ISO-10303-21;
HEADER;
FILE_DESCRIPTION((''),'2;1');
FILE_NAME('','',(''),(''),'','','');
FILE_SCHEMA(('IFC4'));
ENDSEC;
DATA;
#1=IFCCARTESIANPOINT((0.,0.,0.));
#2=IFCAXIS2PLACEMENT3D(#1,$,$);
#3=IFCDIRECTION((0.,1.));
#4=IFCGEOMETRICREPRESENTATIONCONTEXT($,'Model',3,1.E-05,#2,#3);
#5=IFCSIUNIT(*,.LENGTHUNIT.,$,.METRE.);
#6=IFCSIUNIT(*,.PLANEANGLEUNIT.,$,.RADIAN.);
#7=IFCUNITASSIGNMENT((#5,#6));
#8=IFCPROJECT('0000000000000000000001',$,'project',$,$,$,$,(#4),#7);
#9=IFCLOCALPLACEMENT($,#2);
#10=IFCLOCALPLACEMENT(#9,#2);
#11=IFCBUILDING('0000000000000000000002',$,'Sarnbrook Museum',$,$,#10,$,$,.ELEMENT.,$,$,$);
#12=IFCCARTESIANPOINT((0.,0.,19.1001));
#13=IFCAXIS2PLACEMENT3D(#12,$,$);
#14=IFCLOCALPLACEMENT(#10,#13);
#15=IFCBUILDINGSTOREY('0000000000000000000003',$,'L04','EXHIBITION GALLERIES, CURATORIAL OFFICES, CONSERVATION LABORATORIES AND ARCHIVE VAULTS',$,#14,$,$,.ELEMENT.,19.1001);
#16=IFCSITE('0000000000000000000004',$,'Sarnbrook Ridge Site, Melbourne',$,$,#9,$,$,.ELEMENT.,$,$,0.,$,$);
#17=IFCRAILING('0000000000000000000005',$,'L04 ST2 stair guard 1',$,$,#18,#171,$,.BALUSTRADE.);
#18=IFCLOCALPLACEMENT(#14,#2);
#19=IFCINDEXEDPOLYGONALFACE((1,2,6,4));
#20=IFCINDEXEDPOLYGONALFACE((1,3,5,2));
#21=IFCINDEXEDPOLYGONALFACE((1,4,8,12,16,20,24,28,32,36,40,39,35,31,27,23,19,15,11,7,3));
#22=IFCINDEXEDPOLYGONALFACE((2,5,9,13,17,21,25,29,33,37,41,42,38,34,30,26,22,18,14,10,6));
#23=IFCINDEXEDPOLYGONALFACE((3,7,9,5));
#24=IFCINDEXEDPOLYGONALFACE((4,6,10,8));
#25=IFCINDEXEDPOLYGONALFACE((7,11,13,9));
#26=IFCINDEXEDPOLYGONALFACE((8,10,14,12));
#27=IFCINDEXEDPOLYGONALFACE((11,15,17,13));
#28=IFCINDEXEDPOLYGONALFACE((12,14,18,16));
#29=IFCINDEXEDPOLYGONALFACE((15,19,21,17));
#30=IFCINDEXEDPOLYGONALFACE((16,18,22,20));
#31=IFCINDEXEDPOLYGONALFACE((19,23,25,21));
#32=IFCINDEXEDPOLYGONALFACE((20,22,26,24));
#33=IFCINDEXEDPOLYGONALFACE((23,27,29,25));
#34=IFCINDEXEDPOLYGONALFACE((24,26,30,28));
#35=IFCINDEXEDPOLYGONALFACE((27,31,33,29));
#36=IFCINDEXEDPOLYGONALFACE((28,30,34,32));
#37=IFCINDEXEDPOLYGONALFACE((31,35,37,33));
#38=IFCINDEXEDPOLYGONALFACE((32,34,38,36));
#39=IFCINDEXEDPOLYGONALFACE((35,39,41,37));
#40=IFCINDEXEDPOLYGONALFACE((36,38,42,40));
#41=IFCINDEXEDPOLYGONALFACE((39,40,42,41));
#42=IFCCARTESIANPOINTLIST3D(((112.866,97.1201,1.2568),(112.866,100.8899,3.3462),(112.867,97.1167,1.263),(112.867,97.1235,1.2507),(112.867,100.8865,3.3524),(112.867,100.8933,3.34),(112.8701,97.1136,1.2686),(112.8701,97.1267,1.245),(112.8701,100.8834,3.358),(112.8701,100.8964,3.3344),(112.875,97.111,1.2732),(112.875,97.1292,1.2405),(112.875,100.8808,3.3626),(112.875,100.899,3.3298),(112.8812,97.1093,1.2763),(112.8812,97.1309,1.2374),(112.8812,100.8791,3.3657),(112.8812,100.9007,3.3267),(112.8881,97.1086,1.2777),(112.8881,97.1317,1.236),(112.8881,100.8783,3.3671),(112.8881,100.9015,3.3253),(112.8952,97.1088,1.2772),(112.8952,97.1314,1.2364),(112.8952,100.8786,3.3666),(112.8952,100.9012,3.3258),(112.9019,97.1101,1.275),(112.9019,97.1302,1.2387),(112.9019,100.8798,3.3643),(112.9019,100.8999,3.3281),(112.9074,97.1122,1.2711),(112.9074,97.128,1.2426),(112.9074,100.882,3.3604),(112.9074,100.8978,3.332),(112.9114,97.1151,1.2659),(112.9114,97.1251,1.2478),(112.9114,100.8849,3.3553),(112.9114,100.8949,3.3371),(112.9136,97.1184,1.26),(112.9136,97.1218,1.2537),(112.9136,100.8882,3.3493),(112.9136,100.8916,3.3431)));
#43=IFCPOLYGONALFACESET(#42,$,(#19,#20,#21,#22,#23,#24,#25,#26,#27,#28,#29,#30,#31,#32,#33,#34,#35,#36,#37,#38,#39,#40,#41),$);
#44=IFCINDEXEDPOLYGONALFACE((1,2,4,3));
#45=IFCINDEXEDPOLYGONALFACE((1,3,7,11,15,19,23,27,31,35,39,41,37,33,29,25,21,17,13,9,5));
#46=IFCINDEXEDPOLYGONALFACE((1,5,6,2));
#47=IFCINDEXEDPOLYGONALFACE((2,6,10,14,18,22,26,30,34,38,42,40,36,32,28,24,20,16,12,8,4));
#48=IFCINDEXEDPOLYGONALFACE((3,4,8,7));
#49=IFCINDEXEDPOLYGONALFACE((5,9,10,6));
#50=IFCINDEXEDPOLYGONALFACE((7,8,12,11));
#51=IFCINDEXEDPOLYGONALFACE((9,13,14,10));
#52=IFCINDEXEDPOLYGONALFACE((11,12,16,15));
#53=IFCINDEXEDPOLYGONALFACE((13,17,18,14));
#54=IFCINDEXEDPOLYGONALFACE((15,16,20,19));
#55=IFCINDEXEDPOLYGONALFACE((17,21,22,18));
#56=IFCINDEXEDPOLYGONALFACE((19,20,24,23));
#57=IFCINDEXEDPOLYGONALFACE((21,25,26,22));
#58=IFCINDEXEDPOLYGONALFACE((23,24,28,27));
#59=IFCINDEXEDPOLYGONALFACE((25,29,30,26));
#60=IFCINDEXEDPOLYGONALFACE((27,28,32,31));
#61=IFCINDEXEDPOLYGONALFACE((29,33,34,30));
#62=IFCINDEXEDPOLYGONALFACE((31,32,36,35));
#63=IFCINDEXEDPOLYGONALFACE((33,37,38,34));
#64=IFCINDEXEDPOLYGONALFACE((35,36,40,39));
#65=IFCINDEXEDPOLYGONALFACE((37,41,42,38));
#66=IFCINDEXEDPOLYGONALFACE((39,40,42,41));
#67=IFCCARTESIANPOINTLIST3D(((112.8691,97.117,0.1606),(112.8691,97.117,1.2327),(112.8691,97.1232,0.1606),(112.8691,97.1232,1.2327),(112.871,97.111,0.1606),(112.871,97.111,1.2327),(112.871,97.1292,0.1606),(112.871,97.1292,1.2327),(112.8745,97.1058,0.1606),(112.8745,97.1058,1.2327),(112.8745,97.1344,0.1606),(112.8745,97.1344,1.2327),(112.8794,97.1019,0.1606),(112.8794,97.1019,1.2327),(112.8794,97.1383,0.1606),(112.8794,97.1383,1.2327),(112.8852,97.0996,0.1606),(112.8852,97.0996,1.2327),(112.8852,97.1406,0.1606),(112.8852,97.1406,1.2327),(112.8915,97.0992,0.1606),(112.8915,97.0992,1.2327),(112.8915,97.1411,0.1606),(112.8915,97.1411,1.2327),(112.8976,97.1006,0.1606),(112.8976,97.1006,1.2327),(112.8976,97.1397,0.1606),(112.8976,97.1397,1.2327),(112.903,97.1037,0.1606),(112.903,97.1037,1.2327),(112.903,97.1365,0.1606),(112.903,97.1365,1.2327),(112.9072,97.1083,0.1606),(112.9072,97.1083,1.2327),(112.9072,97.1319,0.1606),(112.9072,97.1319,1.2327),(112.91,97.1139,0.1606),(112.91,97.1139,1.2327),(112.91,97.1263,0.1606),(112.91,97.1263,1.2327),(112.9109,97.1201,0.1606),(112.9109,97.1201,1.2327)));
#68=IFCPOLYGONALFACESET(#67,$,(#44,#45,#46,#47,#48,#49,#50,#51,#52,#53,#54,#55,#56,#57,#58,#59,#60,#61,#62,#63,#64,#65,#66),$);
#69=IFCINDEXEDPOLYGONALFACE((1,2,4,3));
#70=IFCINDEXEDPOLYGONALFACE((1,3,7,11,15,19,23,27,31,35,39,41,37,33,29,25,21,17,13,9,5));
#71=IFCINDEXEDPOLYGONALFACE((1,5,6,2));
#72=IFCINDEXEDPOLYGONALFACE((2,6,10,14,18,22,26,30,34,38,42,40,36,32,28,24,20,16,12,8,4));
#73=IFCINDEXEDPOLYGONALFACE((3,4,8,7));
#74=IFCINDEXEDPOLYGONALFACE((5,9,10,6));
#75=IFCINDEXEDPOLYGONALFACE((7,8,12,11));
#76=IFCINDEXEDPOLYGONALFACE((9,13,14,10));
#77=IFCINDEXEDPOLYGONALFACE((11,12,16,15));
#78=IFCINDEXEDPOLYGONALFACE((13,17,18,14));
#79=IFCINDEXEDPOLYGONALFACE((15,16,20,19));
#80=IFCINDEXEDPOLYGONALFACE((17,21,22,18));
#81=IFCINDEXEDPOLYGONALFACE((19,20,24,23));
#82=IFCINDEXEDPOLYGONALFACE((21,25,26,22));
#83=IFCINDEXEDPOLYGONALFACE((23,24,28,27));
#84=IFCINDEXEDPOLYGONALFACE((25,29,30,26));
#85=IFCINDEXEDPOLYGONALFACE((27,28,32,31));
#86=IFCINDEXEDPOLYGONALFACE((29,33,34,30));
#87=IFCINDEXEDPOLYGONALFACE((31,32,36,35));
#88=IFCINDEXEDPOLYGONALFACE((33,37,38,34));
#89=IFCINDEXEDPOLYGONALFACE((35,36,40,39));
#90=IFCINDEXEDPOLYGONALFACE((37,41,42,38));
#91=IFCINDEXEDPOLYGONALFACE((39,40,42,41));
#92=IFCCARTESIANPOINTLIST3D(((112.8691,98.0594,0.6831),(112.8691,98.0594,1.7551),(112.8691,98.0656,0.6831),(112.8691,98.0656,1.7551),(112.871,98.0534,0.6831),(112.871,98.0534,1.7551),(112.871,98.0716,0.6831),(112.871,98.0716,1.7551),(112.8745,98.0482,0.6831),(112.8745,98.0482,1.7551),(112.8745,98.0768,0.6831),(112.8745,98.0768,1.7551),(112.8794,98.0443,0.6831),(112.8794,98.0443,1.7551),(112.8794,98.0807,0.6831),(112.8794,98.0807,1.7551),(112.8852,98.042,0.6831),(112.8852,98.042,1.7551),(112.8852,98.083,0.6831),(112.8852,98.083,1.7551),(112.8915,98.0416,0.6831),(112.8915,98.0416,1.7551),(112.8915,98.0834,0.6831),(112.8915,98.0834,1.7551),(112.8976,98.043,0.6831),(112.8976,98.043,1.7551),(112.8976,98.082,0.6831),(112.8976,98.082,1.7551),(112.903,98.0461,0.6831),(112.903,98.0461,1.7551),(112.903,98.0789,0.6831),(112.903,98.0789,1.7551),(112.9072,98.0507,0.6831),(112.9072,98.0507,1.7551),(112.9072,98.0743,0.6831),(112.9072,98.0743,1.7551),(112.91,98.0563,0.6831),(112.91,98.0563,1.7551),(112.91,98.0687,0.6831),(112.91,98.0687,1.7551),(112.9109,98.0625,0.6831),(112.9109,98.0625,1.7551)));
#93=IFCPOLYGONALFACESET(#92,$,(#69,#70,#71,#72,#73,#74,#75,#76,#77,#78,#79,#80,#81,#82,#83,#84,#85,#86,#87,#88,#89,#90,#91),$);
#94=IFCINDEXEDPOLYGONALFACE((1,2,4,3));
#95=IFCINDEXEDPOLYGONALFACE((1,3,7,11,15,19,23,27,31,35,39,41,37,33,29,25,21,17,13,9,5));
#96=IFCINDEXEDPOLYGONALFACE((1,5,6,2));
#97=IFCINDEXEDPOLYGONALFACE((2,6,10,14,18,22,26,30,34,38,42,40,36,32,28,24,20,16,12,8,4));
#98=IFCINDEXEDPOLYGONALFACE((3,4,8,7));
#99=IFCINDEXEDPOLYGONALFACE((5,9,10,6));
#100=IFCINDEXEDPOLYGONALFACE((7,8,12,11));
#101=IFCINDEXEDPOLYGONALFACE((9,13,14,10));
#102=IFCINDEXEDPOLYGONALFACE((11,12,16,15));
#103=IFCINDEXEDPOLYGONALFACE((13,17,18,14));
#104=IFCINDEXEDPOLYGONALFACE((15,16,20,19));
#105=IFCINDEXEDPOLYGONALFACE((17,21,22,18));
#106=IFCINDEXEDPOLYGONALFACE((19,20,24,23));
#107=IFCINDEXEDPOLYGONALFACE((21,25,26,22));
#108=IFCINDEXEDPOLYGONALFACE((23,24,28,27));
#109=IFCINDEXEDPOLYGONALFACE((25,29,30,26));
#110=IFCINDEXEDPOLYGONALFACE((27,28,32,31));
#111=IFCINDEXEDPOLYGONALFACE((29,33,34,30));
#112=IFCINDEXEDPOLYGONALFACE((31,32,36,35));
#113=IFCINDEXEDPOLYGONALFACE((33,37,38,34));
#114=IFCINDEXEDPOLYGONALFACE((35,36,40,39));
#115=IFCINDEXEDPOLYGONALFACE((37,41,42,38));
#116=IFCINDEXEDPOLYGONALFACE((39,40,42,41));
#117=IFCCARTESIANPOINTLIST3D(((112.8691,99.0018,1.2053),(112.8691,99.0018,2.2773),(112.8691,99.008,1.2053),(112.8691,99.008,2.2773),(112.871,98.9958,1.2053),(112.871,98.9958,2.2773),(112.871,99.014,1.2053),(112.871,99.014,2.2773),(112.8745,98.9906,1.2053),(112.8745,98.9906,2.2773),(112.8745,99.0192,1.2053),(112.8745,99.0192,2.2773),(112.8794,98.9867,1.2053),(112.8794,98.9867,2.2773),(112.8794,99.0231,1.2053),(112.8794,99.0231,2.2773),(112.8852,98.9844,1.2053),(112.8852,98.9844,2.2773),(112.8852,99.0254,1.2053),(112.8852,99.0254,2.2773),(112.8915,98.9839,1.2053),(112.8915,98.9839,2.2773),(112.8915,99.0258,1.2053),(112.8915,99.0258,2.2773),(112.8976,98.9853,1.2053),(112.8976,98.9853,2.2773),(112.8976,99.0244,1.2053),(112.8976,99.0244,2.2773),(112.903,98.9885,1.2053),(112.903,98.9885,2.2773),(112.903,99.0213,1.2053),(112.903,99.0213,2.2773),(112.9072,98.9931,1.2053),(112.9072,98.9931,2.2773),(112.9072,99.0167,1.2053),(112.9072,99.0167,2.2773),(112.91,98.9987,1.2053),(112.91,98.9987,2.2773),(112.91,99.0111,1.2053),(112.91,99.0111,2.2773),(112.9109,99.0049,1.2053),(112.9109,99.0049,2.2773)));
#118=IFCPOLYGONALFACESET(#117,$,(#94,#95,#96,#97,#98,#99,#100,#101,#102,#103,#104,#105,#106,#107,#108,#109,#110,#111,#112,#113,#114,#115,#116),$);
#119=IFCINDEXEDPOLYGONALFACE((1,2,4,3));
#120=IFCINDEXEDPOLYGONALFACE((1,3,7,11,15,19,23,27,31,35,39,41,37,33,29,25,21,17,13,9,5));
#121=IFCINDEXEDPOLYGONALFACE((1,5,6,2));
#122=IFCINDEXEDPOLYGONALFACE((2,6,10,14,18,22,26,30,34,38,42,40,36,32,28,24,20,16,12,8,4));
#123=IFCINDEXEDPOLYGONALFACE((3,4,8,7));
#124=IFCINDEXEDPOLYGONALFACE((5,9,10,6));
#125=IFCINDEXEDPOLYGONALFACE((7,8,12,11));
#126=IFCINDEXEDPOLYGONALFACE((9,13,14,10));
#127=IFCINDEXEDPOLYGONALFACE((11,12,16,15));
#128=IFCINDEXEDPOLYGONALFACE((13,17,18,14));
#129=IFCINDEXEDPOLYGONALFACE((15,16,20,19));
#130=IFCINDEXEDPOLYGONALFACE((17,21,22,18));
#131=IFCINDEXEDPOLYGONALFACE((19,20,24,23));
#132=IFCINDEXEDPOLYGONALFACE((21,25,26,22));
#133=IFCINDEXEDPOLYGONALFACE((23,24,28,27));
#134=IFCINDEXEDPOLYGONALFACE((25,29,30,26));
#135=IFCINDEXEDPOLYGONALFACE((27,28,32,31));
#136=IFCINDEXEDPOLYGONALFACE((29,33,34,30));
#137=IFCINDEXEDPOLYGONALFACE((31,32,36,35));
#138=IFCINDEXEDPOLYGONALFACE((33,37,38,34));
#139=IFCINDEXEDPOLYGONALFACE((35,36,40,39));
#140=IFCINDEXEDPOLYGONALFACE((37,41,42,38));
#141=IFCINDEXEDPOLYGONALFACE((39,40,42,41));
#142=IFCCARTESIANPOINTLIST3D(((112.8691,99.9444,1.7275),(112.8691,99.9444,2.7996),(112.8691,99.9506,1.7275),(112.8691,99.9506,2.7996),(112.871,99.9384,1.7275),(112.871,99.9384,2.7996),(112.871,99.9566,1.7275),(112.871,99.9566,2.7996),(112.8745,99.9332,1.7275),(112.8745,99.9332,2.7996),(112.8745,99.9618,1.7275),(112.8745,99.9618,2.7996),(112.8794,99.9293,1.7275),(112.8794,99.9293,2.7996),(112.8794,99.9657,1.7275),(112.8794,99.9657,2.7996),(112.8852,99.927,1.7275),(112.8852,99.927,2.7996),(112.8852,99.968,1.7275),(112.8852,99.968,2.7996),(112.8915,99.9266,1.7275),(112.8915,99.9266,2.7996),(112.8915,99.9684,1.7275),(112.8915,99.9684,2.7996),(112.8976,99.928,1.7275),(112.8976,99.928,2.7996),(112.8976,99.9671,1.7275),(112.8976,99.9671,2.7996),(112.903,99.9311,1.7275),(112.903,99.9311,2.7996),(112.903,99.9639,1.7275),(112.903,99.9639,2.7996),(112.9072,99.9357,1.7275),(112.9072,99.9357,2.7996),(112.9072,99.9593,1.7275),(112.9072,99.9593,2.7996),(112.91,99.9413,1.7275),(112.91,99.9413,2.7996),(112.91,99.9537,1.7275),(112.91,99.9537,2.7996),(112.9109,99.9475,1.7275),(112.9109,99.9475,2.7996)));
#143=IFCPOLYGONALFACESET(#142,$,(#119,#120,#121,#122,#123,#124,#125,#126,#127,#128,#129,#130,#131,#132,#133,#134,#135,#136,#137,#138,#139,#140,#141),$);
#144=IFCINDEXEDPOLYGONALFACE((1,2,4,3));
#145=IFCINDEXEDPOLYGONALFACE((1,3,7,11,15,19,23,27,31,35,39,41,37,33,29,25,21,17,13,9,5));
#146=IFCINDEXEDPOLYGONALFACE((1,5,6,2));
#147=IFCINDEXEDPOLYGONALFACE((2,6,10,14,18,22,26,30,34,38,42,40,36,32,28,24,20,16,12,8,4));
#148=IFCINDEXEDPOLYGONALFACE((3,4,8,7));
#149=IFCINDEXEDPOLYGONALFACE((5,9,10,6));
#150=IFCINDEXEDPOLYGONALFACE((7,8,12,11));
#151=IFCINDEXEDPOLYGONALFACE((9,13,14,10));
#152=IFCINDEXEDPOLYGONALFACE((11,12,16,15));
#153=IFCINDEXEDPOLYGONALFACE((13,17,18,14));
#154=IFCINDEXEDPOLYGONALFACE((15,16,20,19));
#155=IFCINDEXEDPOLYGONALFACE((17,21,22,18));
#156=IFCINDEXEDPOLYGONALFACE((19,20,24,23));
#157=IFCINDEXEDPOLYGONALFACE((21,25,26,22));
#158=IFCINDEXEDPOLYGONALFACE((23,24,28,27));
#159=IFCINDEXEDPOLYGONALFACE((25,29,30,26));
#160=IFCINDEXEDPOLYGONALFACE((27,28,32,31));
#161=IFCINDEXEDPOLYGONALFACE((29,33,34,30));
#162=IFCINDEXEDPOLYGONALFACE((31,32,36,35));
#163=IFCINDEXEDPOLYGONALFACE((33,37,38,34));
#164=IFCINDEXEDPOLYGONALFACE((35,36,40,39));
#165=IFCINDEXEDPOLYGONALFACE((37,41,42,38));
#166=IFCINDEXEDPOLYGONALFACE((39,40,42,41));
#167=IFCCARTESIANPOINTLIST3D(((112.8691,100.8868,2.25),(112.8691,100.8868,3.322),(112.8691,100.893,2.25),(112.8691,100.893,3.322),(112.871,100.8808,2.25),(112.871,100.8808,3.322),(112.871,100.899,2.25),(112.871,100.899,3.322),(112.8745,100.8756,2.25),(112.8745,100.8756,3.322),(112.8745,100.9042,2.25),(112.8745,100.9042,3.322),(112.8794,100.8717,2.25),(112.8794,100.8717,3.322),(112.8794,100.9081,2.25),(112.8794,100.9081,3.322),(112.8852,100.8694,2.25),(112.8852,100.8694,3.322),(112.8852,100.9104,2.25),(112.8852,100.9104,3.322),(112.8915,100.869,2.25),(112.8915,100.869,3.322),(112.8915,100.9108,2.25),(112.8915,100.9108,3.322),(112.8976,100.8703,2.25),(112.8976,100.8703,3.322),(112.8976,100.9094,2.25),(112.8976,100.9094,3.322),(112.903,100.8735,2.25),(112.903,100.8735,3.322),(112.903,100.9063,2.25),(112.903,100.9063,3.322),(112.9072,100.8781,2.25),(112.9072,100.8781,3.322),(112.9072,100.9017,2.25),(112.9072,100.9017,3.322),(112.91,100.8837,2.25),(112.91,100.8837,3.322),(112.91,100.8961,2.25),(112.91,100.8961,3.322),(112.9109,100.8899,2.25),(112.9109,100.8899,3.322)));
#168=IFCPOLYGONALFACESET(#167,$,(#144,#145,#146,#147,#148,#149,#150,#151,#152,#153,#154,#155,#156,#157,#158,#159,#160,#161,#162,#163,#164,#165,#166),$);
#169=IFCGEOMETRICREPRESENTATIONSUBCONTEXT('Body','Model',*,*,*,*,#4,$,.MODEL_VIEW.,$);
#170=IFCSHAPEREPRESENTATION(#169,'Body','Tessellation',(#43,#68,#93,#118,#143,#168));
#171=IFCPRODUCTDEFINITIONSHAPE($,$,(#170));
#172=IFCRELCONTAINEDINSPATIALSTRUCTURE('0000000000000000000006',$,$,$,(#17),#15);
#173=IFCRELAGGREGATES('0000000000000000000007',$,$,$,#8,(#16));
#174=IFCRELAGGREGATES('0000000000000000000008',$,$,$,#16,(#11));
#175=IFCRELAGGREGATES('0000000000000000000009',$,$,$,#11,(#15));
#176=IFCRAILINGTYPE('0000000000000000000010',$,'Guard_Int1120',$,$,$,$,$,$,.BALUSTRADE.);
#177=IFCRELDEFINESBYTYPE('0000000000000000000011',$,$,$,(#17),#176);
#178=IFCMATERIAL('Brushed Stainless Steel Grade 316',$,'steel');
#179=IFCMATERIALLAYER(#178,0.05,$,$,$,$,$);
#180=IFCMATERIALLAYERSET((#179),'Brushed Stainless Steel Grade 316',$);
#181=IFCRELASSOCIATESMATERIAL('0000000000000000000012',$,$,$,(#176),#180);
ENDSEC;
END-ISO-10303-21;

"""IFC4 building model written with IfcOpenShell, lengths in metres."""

from ifc_helpers import new_model, si_unit, direction, frame, origin, origin_2d, place, context, subcontext, project, spatial, circle, extrude, material, layer, layer_set, type_object, element, save


model = new_model("IFC4")

# Units and contexts
model_context = context("Model", 3, precision=1e-05, world=origin(), true_north=direction((0.0, 1.0)))
body_context = subcontext(model_context, "Body", "Model", "MODEL_VIEW")
ifc_project = project(units=[si_unit("LENGTHUNIT", "METRE"), si_unit("PLANEANGLEUNIT", "RADIAN")], contexts=[model_context])

# Site, building, storey
site_placement = place(None, origin())
site = spatial("IfcSite", under=ifc_project, at=site_placement, Name="Sarnbrook Ridge Site, Melbourne", CompositionType="ELEMENT", RefElevation=0.0)
building_placement = place(site_placement, origin())
building = spatial("IfcBuilding", under=site, at=building_placement, Name="Sarnbrook Museum", CompositionType="ELEMENT")
storey_placement = place(building_placement, frame((0.0, 0.0, 19.1001)))
storey = spatial("IfcBuildingStorey", under=building, at=storey_placement, Name="L04", Description="EXHIBITION GALLERIES, CURATORIAL OFFICES, CONSERVATION LABORATORIES AND ARCHIVE VAULTS", CompositionType="ELEMENT", Elevation=19.1001)

# Railing
ifc_material_1 = material(Name="Brushed Stainless Steel Grade 316", Category="steel")
ifc_layer_1 = layer(ifc_material_1, 0.05)
ifc_layer_set_1 = layer_set([ifc_layer_1], Name="Brushed Stainless Steel Grade 316")
railing_type_1 = type_object("IfcRailingType", Name="Guard_Int1120", PredefinedType="BALUSTRADE", material=ifc_layer_set_1)
railing_1_placement = place(storey_placement, frame((112.8899, 97.1201, 0.1606)))
element("IfcRailing", 1, at=railing_1_placement, inside=storey, type_object=railing_type_1, Name="L04 ST2 stair guard 1", PredefinedType="BALUSTRADE", context=body_context, shape_type="SweptSolid", body=[
    extrude(circle(Radius=0.0239, at=origin_2d()), frame((0.0, 0.0, 1.0962), z_axis=(0.0, 0.874646, 0.484763), x_axis=(-1.0, 0.0, 0.0)), (0.0, 0.0, 1.0), 4.3101),
    extrude(circle(Radius=0.021, at=origin_2d()), origin(), (0.0, 0.0, 1.0), 1.072),
    extrude(circle(Radius=0.021, at=origin_2d()), frame((0.0, 0.9424, 0.5225)), (0.0, 0.0, 1.0), 1.072),
    extrude(circle(Radius=0.021, at=origin_2d()), frame((0.0, 1.8848, 1.0447)), (0.0, 0.0, 1.0), 1.072),
    extrude(circle(Radius=0.021, at=origin_2d()), frame((0.0, 2.8274, 1.5669)), (0.0, 0.0, 1.0), 1.072),
    extrude(circle(Radius=0.021, at=origin_2d()), frame((0.0, 3.7698, 2.0894)), (0.0, 0.0, 1.0), 1.072),
])

save(model, "model.ifc")
